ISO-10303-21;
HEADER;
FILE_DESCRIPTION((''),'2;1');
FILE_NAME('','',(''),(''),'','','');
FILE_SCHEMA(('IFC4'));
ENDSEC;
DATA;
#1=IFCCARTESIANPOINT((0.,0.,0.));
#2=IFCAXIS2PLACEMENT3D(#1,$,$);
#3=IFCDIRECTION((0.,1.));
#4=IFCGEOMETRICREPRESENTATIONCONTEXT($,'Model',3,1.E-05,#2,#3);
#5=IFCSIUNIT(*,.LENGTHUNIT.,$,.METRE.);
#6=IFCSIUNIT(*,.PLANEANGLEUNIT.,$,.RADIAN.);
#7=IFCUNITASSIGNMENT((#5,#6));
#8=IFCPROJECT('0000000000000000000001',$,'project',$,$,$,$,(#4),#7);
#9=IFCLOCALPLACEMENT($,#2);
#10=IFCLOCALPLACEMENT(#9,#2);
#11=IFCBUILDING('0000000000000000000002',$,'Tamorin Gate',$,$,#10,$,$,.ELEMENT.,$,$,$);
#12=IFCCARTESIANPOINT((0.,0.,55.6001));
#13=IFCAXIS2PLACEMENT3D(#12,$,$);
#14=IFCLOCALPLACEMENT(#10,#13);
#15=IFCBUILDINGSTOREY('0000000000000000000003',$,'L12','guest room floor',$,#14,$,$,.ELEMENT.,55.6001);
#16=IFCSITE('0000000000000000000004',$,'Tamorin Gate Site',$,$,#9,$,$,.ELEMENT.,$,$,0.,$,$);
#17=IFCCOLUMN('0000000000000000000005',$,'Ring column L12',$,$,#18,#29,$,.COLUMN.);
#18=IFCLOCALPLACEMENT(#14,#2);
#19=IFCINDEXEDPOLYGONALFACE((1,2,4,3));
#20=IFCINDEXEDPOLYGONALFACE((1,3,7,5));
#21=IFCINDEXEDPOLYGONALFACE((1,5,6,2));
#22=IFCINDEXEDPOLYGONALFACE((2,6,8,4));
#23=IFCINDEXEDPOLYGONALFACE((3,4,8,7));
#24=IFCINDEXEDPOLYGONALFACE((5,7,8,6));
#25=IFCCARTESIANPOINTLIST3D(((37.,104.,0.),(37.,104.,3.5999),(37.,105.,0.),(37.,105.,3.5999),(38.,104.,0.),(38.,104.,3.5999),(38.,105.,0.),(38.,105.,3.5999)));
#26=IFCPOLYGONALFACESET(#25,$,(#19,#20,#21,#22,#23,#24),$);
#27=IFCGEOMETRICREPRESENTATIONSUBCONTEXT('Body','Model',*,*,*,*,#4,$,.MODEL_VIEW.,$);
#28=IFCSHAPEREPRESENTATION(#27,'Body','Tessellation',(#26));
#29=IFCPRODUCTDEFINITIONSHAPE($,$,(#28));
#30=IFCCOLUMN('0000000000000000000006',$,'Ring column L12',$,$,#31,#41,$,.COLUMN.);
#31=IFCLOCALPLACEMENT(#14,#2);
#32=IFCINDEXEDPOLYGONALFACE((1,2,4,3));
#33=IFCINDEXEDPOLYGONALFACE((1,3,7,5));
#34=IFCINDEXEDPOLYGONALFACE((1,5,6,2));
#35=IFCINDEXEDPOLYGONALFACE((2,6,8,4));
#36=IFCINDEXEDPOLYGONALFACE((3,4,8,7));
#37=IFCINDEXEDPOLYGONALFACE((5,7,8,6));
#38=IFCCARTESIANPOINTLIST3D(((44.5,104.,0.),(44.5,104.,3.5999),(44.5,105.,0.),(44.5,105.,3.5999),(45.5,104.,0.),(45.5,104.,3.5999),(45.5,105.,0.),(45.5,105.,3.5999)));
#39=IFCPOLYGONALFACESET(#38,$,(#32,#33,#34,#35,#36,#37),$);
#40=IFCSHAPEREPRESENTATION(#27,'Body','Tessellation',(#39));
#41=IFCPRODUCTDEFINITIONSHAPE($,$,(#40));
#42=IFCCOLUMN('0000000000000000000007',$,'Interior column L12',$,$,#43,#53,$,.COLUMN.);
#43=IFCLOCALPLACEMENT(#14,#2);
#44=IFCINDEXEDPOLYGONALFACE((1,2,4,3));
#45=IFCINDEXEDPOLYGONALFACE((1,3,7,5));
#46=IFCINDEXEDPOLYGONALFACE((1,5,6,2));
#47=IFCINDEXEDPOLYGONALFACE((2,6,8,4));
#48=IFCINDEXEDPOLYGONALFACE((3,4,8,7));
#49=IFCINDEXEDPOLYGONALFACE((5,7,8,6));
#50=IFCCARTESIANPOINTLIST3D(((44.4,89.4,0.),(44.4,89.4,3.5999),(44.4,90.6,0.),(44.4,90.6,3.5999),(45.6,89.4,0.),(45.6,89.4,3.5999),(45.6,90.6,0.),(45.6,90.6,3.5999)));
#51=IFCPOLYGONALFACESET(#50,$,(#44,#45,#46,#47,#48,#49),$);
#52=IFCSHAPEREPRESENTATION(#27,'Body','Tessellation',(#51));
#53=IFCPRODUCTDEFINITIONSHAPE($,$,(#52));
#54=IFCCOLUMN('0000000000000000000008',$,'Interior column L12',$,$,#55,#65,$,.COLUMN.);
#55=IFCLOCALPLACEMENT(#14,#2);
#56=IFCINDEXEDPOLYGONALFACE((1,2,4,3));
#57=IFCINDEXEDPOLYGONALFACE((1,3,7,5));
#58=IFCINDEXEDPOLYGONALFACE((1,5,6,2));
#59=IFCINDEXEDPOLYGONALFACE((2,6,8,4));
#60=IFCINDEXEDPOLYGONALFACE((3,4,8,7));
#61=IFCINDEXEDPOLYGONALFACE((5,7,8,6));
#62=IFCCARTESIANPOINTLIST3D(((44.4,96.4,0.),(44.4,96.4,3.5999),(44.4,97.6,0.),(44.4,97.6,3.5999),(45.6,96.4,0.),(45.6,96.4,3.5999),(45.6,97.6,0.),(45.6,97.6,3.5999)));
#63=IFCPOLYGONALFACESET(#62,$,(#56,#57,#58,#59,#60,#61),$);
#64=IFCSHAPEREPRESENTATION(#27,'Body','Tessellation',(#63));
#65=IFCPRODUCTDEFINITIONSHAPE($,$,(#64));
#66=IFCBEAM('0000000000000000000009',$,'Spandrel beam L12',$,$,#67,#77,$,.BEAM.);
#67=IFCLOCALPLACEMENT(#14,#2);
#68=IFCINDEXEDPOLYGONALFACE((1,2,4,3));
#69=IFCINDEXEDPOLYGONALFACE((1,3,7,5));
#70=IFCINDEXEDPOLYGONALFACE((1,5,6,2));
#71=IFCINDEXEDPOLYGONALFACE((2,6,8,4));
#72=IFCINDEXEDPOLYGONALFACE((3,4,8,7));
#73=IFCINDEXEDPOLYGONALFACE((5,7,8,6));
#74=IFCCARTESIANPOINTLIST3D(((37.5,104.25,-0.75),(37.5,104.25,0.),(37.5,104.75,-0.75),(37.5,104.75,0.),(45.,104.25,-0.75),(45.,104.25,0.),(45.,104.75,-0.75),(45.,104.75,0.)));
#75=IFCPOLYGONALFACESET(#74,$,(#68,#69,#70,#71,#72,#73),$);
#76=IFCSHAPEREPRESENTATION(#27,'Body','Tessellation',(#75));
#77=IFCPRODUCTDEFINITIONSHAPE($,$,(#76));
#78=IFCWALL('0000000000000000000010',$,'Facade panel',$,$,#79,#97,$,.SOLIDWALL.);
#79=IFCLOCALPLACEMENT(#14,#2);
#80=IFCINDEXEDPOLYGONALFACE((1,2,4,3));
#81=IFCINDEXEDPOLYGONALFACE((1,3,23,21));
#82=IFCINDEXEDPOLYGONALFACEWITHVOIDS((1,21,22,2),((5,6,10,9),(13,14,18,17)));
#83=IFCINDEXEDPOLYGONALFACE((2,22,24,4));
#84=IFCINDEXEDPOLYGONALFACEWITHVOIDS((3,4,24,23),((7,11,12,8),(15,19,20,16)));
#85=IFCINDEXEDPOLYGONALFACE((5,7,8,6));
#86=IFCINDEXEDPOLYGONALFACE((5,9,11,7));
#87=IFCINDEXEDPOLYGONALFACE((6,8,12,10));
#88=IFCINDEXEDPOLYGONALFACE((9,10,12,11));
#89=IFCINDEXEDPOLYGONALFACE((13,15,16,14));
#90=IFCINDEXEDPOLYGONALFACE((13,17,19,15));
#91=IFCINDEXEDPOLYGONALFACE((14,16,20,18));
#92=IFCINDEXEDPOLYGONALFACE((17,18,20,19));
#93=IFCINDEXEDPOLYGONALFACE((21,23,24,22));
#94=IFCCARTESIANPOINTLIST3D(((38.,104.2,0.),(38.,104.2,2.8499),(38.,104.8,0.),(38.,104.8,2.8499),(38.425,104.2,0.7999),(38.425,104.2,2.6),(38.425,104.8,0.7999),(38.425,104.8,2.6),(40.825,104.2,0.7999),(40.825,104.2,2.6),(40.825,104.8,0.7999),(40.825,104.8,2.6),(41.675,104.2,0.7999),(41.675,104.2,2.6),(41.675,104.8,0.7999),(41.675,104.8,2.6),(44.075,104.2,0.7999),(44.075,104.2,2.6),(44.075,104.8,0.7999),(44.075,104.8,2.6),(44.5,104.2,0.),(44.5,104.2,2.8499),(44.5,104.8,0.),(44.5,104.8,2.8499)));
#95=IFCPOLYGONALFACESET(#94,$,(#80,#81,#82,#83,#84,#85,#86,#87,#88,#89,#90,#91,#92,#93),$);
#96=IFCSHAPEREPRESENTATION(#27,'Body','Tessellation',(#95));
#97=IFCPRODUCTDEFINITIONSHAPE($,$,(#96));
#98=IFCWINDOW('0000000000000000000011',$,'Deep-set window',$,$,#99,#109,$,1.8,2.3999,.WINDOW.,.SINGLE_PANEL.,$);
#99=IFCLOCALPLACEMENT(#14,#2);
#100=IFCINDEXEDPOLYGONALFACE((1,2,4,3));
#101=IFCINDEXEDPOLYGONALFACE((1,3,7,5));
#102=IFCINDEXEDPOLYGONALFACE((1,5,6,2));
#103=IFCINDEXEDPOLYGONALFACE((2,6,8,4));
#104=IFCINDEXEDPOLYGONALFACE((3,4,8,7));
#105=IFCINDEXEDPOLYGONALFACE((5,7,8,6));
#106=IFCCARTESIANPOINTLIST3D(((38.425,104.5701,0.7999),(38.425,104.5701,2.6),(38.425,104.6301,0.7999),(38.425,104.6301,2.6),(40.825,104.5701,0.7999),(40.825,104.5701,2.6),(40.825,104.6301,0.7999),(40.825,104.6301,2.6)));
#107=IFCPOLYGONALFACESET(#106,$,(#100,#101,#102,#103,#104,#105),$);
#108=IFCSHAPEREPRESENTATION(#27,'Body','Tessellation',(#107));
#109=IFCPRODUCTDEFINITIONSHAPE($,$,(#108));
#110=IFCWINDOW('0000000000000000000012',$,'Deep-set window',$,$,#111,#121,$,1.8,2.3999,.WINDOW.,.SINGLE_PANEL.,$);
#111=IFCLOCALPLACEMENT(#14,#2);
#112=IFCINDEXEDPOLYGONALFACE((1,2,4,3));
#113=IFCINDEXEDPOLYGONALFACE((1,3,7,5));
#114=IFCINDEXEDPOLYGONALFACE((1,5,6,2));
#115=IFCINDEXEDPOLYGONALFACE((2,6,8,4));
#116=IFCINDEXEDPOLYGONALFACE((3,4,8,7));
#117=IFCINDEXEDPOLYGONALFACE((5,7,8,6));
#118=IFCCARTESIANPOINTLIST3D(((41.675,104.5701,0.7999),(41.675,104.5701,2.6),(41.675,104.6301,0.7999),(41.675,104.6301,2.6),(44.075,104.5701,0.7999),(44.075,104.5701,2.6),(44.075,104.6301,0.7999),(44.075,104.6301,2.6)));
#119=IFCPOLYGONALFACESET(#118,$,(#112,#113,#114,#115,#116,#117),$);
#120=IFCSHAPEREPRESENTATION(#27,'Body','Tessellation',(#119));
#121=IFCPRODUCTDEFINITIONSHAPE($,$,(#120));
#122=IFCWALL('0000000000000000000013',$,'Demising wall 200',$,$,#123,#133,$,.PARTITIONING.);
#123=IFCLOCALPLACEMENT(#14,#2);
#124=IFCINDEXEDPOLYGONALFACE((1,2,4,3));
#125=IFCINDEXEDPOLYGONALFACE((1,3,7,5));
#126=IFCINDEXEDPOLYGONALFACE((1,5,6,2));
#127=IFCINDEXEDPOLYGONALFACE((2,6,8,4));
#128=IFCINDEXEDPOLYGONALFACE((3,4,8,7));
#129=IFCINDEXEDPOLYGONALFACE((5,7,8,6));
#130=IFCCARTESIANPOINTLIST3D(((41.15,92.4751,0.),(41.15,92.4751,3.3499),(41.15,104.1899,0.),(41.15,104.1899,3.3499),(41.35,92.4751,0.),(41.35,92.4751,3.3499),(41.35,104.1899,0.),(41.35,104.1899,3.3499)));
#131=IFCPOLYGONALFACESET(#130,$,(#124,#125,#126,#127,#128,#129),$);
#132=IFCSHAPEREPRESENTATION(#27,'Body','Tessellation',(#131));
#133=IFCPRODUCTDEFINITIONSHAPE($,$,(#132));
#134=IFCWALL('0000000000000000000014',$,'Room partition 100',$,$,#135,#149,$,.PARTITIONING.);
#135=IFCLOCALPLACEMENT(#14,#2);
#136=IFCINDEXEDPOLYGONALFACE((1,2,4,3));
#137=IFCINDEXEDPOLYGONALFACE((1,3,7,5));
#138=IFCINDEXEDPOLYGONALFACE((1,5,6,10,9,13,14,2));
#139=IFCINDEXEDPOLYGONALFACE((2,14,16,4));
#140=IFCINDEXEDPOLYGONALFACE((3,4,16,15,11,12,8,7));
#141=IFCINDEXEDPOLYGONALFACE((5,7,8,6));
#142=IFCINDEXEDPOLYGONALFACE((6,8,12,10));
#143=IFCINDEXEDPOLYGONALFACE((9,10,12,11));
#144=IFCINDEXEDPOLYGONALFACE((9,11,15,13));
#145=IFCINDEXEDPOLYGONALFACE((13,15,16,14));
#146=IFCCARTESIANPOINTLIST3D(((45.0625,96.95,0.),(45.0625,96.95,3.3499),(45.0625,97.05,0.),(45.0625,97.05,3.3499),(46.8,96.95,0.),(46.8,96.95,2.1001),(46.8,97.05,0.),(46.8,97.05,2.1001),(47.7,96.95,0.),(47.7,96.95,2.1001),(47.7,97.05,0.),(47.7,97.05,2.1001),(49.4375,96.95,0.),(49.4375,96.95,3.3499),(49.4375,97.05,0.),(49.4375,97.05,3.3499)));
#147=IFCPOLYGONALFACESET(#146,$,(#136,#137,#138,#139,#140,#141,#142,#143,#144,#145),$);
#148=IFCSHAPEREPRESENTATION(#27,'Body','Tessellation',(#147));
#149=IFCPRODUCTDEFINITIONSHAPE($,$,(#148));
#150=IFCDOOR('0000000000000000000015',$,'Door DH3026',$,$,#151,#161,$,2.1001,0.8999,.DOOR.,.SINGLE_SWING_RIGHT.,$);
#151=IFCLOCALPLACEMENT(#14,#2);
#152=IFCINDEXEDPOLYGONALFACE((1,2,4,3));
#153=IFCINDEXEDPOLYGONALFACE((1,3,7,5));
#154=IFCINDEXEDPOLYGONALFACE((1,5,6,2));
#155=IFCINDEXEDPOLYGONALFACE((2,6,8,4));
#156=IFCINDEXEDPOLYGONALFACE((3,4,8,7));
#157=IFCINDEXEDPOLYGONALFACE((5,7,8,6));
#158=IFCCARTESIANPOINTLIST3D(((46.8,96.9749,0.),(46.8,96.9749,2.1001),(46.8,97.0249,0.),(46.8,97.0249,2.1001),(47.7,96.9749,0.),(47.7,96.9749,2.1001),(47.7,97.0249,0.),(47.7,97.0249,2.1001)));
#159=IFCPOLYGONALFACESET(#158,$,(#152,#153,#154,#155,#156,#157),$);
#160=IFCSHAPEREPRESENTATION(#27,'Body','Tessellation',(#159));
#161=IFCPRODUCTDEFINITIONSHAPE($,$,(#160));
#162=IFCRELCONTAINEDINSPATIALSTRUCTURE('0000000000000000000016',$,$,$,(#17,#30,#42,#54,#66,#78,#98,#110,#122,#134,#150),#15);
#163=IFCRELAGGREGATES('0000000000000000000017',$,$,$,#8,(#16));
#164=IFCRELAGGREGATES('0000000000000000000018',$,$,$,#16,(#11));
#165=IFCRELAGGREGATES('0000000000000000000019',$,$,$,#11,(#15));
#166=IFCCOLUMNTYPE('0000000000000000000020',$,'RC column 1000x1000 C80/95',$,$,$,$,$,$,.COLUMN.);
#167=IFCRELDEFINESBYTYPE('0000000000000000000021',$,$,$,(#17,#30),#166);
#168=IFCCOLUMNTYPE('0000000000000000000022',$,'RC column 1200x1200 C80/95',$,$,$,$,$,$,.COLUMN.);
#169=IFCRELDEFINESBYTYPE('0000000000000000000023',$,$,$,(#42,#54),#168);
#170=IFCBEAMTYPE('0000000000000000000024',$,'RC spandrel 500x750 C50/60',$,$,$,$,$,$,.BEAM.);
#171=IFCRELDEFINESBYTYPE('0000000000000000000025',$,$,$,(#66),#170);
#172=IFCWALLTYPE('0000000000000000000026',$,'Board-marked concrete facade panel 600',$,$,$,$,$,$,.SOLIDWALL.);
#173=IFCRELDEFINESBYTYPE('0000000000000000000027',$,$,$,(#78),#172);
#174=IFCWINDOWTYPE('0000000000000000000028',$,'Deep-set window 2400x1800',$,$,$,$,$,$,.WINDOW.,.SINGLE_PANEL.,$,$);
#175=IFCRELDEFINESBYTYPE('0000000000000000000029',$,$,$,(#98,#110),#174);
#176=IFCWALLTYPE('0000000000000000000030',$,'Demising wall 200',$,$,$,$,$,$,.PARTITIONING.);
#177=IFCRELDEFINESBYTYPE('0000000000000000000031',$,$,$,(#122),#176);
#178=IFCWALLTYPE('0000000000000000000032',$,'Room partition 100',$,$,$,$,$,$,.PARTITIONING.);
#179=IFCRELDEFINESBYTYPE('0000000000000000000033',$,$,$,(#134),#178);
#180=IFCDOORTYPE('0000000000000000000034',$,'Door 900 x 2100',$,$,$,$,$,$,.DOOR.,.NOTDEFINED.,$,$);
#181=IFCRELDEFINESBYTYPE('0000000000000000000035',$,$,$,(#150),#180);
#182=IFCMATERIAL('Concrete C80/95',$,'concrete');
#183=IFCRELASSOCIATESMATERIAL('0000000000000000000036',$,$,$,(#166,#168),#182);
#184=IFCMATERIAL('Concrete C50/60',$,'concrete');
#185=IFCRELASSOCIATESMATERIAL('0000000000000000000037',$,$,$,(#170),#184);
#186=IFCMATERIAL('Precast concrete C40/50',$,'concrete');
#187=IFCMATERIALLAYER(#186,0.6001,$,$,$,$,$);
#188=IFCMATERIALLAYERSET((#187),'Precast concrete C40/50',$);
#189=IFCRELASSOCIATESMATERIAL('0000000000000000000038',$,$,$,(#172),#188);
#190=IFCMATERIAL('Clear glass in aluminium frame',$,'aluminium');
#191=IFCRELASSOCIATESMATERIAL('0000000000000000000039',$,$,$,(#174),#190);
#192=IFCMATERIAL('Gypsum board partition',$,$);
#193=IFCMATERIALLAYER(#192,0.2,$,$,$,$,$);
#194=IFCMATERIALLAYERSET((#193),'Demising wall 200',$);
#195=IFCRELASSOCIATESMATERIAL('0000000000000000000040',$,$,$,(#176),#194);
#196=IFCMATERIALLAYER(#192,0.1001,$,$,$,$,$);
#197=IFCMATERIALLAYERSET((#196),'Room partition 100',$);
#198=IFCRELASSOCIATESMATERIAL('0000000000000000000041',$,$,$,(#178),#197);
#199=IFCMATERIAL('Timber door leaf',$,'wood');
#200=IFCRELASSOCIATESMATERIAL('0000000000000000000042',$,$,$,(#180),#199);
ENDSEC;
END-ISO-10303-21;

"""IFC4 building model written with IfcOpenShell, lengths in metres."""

from ifc_helpers import new_model, si_unit, direction, frame, frame_2d, origin, origin_2d, place, context, subcontext, project, spatial, rectangle, extrude, material, layer, layer_set, material_profile, profile_set, type_object, element, fill, save


model = new_model("IFC4")

# Units and contexts
model_context = context("Model", 3, precision=1e-05, world=origin(), true_north=direction((0.0, 1.0)))
body_context = subcontext(model_context, "Body", "Model", "MODEL_VIEW")
ifc_project = project(units=[si_unit("LENGTHUNIT", "METRE"), si_unit("PLANEANGLEUNIT", "RADIAN")], contexts=[model_context])

# Site, building, storey
site_placement = place(None, origin())
site = spatial("IfcSite", under=ifc_project, at=site_placement, Name="Tamorin Gate Site", CompositionType="ELEMENT", RefElevation=0.0)
building_placement = place(site_placement, origin())
building = spatial("IfcBuilding", under=site, at=building_placement, Name="Tamorin Gate", CompositionType="ELEMENT")
storey_placement = place(building_placement, frame((0.0, 0.0, 55.6001)))
storey = spatial("IfcBuildingStorey", under=building, at=storey_placement, Name="L12", Description="guest room floor", CompositionType="ELEMENT", Elevation=55.6001)

# Columns
ifc_material_1 = material(Name="Concrete C80/95", Category="concrete")
ifc_material_profile_1 = material_profile(ifc_material_1, rectangle(XDim=1.0, YDim=1.0, at=origin_2d()), Name="RC 1000x1000")
ifc_profile_set_1 = profile_set([ifc_material_profile_1], Name="Concrete C80/95")
column_type_1 = type_object("IfcColumnType", Name="RC column 1000x1000 C80/95", PredefinedType="COLUMN", material=ifc_profile_set_1)
for number, where, z_axis, x_axis, name in (
    (1, (37.5, 104.5, 0.0), (0.0, 0.0, 1.0), (1.0, 0.0, 0.0), "Ring column L12"),
    (2, (45.0, 104.5, 0.0), (0.0, 0.0, 1.0), (1.0, 0.0, 0.0), "Ring column L12"),
):
    element("IfcColumn", number, at=place(storey_placement, frame(where, z_axis=z_axis, x_axis=x_axis)), inside=storey, type_object=column_type_1, Name=name, PredefinedType="COLUMN", context=body_context, shape_type="SweptSolid", body=[
        extrude(rectangle(XDim=1.0, YDim=1.0, at=origin_2d()), origin(), (0.0, 0.0, 1.0), 3.5999),
    ])
ifc_material_profile_2 = material_profile(ifc_material_1, rectangle(XDim=1.2, YDim=1.2, at=origin_2d()), Name="RC 1200x1200")
ifc_profile_set_2 = profile_set([ifc_material_profile_2], Name="Concrete C80/95")
column_type_2 = type_object("IfcColumnType", Name="RC column 1200x1200 C80/95", PredefinedType="COLUMN", material=ifc_profile_set_2)
for number, where, z_axis, x_axis, name in (
    (3, (45.0, 90.0, 0.0), (0.0, 0.0, 1.0), (1.0, 0.0, 0.0), "Interior column L12"),
    (4, (45.0, 97.0, 0.0), (0.0, 0.0, 1.0), (1.0, 0.0, 0.0), "Interior column L12"),
):
    element("IfcColumn", number, at=place(storey_placement, frame(where, z_axis=z_axis, x_axis=x_axis)), inside=storey, type_object=column_type_2, Name=name, PredefinedType="COLUMN", context=body_context, shape_type="SweptSolid", body=[
        extrude(rectangle(XDim=1.2, YDim=1.2, at=origin_2d()), origin(), (0.0, 0.0, 1.0), 3.5999),
    ])

# Beam
ifc_material_2 = material(Name="Concrete C50/60", Category="concrete")
ifc_material_profile_3 = material_profile(ifc_material_2, rectangle(XDim=0.5, YDim=0.75, at=origin_2d()), Name="RC 500x750")
ifc_profile_set_3 = profile_set([ifc_material_profile_3], Name="Concrete C50/60")
beam_type = type_object("IfcBeamType", Name="RC spandrel 500x750 C50/60", PredefinedType="BEAM", material=ifc_profile_set_3)
beam_placement = place(storey_placement, frame((45.0, 104.5, -0.375), z_axis=(-1.0, 0.0, 0.0), x_axis=(0.0, -1.0, 0.0)))
element("IfcBeam", 5, at=beam_placement, inside=storey, type_object=beam_type, Name="Spandrel beam L12", PredefinedType="BEAM", context=body_context, shape_type="SweptSolid", body=[
    extrude(rectangle(XDim=0.5, YDim=0.75, at=origin_2d()), origin(), (0.0, 0.0, 1.0), 7.5),
])

# Wall, openings, windows
ifc_material_3 = material(Name="Precast concrete C40/50", Category="concrete")
ifc_layer_1 = layer(ifc_material_3, 0.6001)
ifc_layer_set_1 = layer_set([ifc_layer_1], Name="Precast concrete C40/50")
wall_type_1 = type_object("IfcWallType", Name="Board-marked concrete facade panel 600", PredefinedType="SOLIDWALL", material=ifc_layer_set_1)
wall_1_placement = place(storey_placement, frame((44.5, 104.5, 0.0), z_axis=(0.0, 0.0, 1.0), x_axis=(-1.0, 0.0, 0.0)))
wall_1 = element("IfcWall", 6, at=wall_1_placement, inside=storey, type_object=wall_type_1, Name="Facade panel", PredefinedType="SOLIDWALL", context=body_context, shape_type="SweptSolid", body=[
    extrude(rectangle(XDim=6.5, YDim=0.6001, at=frame_2d((3.25, 0.0))), origin(), (0.0, 0.0, 1.0), 2.8499),
])
opening_1_placement = place(wall_1_placement, frame((3.675, 0.0, 0.8)))
opening_1 = element("IfcOpeningElement", 7, at=opening_1_placement, cuts=wall_1, PredefinedType="OPENING", context=body_context, shape_type="SweptSolid", body=[
    extrude(rectangle(XDim=2.3999, YDim=1.8, at=frame_2d((1.2, 0.8999))), frame((0.0, 0.3101, 0.0), z_axis=(0.0, -1.0, 0.0), x_axis=(1.0, 0.0, 0.0)), (0.0, 0.0, 1.0), 0.6201),
])
opening_2_placement = place(wall_1_placement, frame((0.425, 0.0, 0.8)))
opening_2 = element("IfcOpeningElement", 8, at=opening_2_placement, cuts=wall_1, PredefinedType="OPENING", context=body_context, shape_type="SweptSolid", body=[
    extrude(rectangle(XDim=2.3999, YDim=1.8, at=frame_2d((1.2, 0.8999))), frame((0.0, 0.3101, 0.0), z_axis=(0.0, -1.0, 0.0), x_axis=(1.0, 0.0, 0.0)), (0.0, 0.0, 1.0), 0.6201),
])
ifc_material_4 = material(Name="Clear glass in aluminium frame", Category="aluminium")
window_type = type_object("IfcWindowType", Name="Deep-set window 2400x1800", PartitioningType="SINGLE_PANEL", PredefinedType="WINDOW", material=ifc_material_4)
window_1_placement = place(opening_1_placement, origin())
window_1 = element("IfcWindow", 9, at=window_1_placement, inside=storey, type_object=window_type, Name="Deep-set window", OverallHeight=1.8, OverallWidth=2.3999, PartitioningType="SINGLE_PANEL", PredefinedType="WINDOW", context=body_context, shape_type="SweptSolid", body=[
    extrude(rectangle(XDim=2.3999, YDim=1.8, at=frame_2d((1.2, 0.8999))), frame((0.0, -0.0701, 0.0), z_axis=(0.0, -1.0, 0.0), x_axis=(1.0, 0.0, 0.0)), (0.0, 0.0, 1.0), 0.0601),
])
fill(opening_1, window_1)
window_2_placement = place(opening_2_placement, origin())
window_2 = element("IfcWindow", 10, at=window_2_placement, inside=storey, type_object=window_type, Name="Deep-set window", OverallHeight=1.8, OverallWidth=2.3999, PartitioningType="SINGLE_PANEL", PredefinedType="WINDOW", context=body_context, shape_type="SweptSolid", body=[
    extrude(rectangle(XDim=2.3999, YDim=1.8, at=frame_2d((1.2, 0.8999))), frame((0.0, -0.0701, 0.0), z_axis=(0.0, -1.0, 0.0), x_axis=(1.0, 0.0, 0.0)), (0.0, 0.0, 1.0), 0.0601),
])
fill(opening_2, window_2)

# Wall
ifc_material_5 = material(Name="Gypsum board partition")
ifc_layer_2 = layer(ifc_material_5, 0.2)
ifc_layer_set_2 = layer_set([ifc_layer_2], Name="Demising wall 200")
wall_type_2 = type_object("IfcWallType", Name="Demising wall 200", PredefinedType="PARTITIONING", material=ifc_layer_set_2)
wall_2_placement = place(storey_placement, frame((41.25, 92.4751, 0.0), z_axis=(0.0, 0.0, 1.0), x_axis=(0.0, 1.0, 0.0)))
element("IfcWall", 11, at=wall_2_placement, inside=storey, type_object=wall_type_2, Name="Demising wall 200", PredefinedType="PARTITIONING", context=body_context, shape_type="SweptSolid", body=[
    extrude(rectangle(XDim=11.7148, YDim=0.2, at=frame_2d((5.8574, 0.0))), origin(), (0.0, 0.0, 1.0), 3.3499),
])

# Wall, opening, door
ifc_layer_3 = layer(ifc_material_5, 0.1001)
ifc_layer_set_3 = layer_set([ifc_layer_3], Name="Room partition 100")
wall_type_3 = type_object("IfcWallType", Name="Room partition 100", PredefinedType="PARTITIONING", material=ifc_layer_set_3)
wall_3_placement = place(storey_placement, frame((45.0625, 97.0, 0.0), z_axis=(0.0, 0.0, 1.0), x_axis=(1.0, 0.0, 0.0)))
wall_3 = element("IfcWall", 12, at=wall_3_placement, inside=storey, type_object=wall_type_3, Name="Room partition 100", PredefinedType="PARTITIONING", context=body_context, shape_type="SweptSolid", body=[
    extrude(rectangle(XDim=4.375, YDim=0.1001, at=frame_2d((2.1875, 0.0))), origin(), (0.0, 0.0, 1.0), 3.3499),
])
opening_3_placement = place(wall_3_placement, frame((1.7375, 0.0, 0.0)))
opening_3 = element("IfcOpeningElement", 13, at=opening_3_placement, cuts=wall_3, PredefinedType="OPENING", context=body_context, shape_type="SweptSolid", body=[
    extrude(rectangle(XDim=0.8999, YDim=2.1001, at=frame_2d((0.45, 1.05))), frame((0.0, 0.0601, 0.0), z_axis=(0.0, -1.0, 0.0), x_axis=(1.0, 0.0, 0.0)), (0.0, 0.0, 1.0), 0.1201),
])
ifc_material_6 = material(Name="Timber door leaf", Category="wood")
door_type = type_object("IfcDoorType", Name="Door 900 x 2100", OperationType="NOTDEFINED", PredefinedType="DOOR", material=ifc_material_6)
door_1_placement = place(opening_3_placement, origin())
door_1 = element("IfcDoor", 14, at=door_1_placement, inside=storey, type_object=door_type, Name="Door DH3026", OperationType="SINGLE_SWING_RIGHT", OverallHeight=2.1001, OverallWidth=0.8999, PredefinedType="DOOR", context=body_context, shape_type="SweptSolid", body=[
    extrude(rectangle(XDim=0.8999, YDim=2.1001, at=frame_2d((0.45, 1.05))), frame((0.0, 0.0249, 0.0), z_axis=(0.0, -1.0, 0.0), x_axis=(1.0, 0.0, 0.0)), (0.0, 0.0, 1.0), 0.05),
])
fill(opening_3, door_1)

save(model, "model.ifc")
